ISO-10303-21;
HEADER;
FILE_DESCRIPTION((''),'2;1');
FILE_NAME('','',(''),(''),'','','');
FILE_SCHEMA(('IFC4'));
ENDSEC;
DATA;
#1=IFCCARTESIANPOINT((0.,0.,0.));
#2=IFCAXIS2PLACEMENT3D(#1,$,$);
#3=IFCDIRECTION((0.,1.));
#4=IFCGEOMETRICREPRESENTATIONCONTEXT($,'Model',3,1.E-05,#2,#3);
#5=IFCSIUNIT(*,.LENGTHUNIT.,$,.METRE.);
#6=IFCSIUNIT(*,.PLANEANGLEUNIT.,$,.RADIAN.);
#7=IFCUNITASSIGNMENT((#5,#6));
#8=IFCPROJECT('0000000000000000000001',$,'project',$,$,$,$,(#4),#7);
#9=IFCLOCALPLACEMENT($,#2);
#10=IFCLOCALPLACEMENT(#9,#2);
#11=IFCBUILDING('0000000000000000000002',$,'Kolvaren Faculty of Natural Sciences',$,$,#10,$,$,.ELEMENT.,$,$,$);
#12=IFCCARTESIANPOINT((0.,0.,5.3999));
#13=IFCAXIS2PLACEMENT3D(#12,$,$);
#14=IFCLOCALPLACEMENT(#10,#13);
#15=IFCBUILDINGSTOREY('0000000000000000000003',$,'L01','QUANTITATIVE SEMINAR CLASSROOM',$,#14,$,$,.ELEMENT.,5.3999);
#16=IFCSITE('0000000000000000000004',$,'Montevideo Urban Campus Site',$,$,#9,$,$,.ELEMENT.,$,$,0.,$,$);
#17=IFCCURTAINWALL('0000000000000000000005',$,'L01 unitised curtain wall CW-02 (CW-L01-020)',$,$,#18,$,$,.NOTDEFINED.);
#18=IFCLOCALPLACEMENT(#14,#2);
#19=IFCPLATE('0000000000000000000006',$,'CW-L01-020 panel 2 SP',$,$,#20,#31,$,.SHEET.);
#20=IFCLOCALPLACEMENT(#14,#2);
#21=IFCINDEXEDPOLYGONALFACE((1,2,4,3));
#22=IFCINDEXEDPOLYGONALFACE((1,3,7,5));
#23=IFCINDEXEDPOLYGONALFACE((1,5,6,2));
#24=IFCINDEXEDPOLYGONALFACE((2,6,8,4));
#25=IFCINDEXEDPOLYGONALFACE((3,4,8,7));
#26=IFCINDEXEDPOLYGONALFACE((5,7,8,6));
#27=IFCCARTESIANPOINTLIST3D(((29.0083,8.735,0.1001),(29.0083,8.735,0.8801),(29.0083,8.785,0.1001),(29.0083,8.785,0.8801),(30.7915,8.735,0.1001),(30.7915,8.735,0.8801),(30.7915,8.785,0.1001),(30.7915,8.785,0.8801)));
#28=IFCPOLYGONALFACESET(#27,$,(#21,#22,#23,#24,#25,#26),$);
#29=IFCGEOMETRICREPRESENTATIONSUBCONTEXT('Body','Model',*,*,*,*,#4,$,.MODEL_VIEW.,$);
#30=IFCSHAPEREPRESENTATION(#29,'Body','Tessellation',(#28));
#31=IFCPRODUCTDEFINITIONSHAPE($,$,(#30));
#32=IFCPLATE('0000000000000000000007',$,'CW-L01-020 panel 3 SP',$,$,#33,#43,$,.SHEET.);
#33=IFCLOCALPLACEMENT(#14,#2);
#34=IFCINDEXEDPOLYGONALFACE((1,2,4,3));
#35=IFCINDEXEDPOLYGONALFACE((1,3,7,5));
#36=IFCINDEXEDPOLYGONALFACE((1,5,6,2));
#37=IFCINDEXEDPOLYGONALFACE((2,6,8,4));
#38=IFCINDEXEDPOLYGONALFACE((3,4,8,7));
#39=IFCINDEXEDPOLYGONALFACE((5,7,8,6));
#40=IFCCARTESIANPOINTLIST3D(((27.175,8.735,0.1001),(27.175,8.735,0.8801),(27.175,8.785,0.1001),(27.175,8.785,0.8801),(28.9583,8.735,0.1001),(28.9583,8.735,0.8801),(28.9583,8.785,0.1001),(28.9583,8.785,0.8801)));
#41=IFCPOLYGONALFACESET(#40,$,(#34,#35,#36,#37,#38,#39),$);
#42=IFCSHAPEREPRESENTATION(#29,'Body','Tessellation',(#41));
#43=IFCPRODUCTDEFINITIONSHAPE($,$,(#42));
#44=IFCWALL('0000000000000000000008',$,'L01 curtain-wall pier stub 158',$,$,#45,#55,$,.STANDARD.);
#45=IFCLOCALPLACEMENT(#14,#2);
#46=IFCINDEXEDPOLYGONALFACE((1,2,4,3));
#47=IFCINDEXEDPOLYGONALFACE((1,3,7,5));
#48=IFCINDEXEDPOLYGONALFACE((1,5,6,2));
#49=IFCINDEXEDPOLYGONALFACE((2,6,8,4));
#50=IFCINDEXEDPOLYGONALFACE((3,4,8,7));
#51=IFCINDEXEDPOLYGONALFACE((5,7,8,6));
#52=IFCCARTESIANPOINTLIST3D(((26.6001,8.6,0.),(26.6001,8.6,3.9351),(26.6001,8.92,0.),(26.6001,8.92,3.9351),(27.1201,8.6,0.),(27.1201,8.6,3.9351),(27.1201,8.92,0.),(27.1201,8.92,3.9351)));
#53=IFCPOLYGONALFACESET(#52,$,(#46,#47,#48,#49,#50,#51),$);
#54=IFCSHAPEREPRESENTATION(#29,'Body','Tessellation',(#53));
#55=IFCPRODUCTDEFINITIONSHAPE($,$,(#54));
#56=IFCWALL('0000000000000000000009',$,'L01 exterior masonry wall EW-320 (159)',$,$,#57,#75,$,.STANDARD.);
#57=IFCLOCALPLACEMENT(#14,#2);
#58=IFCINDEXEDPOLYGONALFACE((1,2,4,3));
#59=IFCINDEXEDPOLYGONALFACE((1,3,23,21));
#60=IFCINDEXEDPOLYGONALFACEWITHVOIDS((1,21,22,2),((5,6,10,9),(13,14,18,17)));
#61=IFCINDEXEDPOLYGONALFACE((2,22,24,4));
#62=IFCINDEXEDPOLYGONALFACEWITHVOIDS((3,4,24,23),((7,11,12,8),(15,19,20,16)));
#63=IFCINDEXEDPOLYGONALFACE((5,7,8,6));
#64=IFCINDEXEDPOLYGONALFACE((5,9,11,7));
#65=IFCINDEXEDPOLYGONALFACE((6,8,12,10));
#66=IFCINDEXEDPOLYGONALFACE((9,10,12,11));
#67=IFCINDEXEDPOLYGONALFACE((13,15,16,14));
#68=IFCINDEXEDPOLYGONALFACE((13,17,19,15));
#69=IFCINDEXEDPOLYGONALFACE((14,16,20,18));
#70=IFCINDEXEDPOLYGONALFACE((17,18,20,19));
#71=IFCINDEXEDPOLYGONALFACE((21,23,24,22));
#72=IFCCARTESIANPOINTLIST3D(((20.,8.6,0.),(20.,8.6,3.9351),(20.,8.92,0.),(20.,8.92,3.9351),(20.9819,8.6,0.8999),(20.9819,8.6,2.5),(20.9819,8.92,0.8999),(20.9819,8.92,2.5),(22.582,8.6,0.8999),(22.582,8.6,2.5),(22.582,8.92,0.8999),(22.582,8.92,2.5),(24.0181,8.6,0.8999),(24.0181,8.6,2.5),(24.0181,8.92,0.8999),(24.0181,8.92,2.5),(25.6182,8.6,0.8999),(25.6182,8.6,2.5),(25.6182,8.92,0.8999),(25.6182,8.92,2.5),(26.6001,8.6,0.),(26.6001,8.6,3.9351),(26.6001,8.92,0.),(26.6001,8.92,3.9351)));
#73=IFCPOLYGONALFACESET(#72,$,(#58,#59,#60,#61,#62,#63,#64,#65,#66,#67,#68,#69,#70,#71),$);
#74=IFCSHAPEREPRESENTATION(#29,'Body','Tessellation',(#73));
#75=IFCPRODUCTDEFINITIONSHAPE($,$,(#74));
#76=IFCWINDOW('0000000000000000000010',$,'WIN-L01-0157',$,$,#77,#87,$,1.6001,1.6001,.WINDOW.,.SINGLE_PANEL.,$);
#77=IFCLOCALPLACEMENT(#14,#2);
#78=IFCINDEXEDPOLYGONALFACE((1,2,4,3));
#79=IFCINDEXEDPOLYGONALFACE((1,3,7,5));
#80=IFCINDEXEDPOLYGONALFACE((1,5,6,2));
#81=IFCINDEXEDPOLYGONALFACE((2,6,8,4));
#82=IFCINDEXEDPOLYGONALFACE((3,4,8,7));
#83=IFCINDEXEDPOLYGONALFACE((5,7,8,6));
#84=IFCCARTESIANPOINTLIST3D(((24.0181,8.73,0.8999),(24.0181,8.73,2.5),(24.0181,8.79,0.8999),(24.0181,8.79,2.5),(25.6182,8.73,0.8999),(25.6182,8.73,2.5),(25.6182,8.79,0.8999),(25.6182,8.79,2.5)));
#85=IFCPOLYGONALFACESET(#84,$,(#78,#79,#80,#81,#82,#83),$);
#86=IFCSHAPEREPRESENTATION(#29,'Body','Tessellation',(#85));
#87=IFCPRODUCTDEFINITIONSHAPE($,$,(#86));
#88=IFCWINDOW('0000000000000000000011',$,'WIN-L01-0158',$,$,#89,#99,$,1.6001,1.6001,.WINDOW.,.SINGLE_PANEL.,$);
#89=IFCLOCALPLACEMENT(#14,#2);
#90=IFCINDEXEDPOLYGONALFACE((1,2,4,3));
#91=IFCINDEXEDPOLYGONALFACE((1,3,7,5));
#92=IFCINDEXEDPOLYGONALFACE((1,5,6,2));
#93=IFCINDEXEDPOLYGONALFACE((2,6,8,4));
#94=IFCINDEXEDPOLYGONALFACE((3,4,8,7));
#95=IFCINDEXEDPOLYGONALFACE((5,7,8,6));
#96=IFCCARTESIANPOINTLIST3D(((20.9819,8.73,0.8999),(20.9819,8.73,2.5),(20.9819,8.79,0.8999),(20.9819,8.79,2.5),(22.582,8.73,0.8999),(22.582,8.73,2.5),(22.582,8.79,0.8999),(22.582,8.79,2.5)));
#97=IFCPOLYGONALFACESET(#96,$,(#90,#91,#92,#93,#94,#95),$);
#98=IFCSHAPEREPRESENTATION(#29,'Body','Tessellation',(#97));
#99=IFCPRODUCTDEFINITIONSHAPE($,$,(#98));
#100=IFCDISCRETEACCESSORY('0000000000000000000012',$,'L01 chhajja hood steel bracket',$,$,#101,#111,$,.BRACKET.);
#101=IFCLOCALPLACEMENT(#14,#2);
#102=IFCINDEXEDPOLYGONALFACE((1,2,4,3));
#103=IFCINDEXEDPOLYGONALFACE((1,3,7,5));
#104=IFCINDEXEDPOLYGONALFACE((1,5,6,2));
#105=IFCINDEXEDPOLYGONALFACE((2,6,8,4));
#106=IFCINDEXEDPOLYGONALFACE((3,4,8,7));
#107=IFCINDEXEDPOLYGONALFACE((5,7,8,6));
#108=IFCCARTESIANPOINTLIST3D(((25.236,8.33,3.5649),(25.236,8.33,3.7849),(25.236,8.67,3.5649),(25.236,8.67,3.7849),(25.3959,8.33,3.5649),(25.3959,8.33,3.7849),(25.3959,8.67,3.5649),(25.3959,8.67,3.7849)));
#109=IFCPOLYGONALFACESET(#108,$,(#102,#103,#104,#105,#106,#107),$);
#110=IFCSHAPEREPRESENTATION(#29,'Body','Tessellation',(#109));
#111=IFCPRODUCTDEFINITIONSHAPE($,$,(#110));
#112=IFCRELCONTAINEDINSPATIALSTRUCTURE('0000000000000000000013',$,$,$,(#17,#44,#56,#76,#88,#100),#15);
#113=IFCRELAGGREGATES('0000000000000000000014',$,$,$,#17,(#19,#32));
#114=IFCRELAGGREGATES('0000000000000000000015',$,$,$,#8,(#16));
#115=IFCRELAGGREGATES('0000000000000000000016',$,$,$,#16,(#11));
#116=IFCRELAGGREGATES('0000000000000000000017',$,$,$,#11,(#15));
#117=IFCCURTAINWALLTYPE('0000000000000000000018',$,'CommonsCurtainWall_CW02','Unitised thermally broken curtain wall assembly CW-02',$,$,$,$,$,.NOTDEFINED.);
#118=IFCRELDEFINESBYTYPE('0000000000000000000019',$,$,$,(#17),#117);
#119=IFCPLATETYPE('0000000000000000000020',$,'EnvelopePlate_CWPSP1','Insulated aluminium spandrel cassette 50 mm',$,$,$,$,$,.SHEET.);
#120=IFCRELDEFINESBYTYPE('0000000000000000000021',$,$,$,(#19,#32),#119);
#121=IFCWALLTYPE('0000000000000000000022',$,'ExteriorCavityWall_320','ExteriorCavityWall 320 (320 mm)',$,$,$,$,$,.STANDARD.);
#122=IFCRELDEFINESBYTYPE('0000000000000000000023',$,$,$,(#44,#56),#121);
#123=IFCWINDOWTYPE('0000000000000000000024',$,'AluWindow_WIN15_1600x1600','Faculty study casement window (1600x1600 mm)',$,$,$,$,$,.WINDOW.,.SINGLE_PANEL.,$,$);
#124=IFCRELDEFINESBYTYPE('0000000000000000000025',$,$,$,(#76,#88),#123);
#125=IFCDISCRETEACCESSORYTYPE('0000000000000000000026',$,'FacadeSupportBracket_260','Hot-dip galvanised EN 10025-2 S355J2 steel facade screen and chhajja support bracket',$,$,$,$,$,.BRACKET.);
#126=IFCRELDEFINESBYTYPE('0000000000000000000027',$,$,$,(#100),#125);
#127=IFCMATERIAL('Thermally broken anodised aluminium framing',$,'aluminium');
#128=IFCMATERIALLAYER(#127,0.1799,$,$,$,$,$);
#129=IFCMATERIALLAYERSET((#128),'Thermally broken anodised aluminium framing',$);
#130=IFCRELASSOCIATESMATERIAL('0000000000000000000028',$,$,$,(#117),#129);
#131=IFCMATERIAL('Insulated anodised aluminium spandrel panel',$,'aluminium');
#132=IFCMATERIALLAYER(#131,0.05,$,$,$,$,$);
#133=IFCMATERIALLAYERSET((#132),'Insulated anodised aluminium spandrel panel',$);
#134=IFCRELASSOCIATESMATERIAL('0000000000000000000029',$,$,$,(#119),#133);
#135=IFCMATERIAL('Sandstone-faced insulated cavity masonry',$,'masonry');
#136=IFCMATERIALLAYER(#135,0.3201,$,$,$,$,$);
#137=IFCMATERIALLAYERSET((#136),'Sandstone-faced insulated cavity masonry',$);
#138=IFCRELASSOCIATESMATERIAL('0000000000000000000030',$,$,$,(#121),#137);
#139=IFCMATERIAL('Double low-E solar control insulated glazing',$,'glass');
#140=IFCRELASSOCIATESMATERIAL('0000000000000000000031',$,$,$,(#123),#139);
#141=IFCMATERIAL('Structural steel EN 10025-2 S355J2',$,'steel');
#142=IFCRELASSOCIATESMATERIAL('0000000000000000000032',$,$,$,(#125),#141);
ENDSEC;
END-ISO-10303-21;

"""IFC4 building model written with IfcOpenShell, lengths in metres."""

from ifc_helpers import new_model, si_unit, direction, frame, frame_2d, origin, origin_2d, place, context, subcontext, project, spatial, rectangle, extrude, material, layer, layer_set, type_object, element, fill, aggregate, save


model = new_model("IFC4")

# Units and contexts
model_context = context("Model", 3, precision=1e-05, world=origin(), true_north=direction((0.0, 1.0)))
body_context = subcontext(model_context, "Body", "Model", "MODEL_VIEW")
ifc_project = project(units=[si_unit("LENGTHUNIT", "METRE"), si_unit("PLANEANGLEUNIT", "RADIAN")], contexts=[model_context])

# Site, building, storey
site_placement = place(None, origin())
site = spatial("IfcSite", under=ifc_project, at=site_placement, Name="Montevideo Urban Campus Site", CompositionType="ELEMENT", RefElevation=0.0)
building_placement = place(site_placement, origin())
building = spatial("IfcBuilding", under=site, at=building_placement, Name="Kolvaren Faculty of Natural Sciences", CompositionType="ELEMENT")
storey_placement = place(building_placement, frame((0.0, 0.0, 5.3999)))
storey = spatial("IfcBuildingStorey", under=building, at=storey_placement, Name="L01", Description="QUANTITATIVE SEMINAR CLASSROOM", CompositionType="ELEMENT", Elevation=5.3999)

# Curtain wall
ifc_material_1 = material(Name="Thermally broken anodised aluminium framing", Category="aluminium")
ifc_layer_1 = layer(ifc_material_1, 0.1799)
ifc_layer_set_1 = layer_set([ifc_layer_1], Name="Thermally broken anodised aluminium framing")
curtain_wall_type = type_object("IfcCurtainWallType", Name="CommonsCurtainWall_CW02", Description="Unitised thermally broken curtain wall assembly CW-02", PredefinedType="NOTDEFINED", material=ifc_layer_set_1)
curtain_wall_placement = place(storey_placement, origin())
curtain_wall = element("IfcCurtainWall", 1, at=curtain_wall_placement, inside=storey, type_object=curtain_wall_type, Name="L01 unitised curtain wall CW-02 (CW-L01-020)", PredefinedType="NOTDEFINED")

# Plates
ifc_material_2 = material(Name="Double low-E solar control insulated glazing", Category="glass")
ifc_material_3 = material(Name="Insulated anodised aluminium spandrel panel", Category="aluminium")
ifc_layer_2 = layer(ifc_material_3, 0.05)
ifc_layer_set_2 = layer_set([ifc_layer_2], Name="Insulated anodised aluminium spandrel panel")
plate_type_1 = type_object("IfcPlateType", Name="EnvelopePlate_CWPSP1", Description="Insulated aluminium spandrel cassette 50 mm", PredefinedType="SHEET", material=ifc_layer_set_2)
plate_1_placement = place(storey_placement, frame((29.8999, 8.76, 0.1001), z_axis=(0.0, 0.0, 1.0), x_axis=(-1.0, 0.0, 0.0)))
plate_1 = element("IfcPlate", 2, at=plate_1_placement, type_object=plate_type_1, Name="CW-L01-020 panel 2 SP", PredefinedType="SHEET", context=body_context, shape_type="SweptSolid", body=[
    extrude(rectangle(XDim=1.7832, YDim=0.05, at=origin_2d()), origin(), (0.0, 0.0, 1.0), 0.78),
])
plate_2_placement = place(storey_placement, frame((28.0667, 8.76, 0.1001), z_axis=(0.0, 0.0, 1.0), x_axis=(-1.0, 0.0, 0.0)))
plate_2 = element("IfcPlate", 3, at=plate_2_placement, type_object=plate_type_1, Name="CW-L01-020 panel 3 SP", PredefinedType="SHEET", context=body_context, shape_type="SweptSolid", body=[
    extrude(rectangle(XDim=1.7832, YDim=0.05, at=origin_2d()), origin(), (0.0, 0.0, 1.0), 0.78),
])
aggregate(curtain_wall, [plate_1, plate_2])

# Wall
ifc_material_4 = material(Name="Sandstone-faced insulated cavity masonry", Category="masonry")
ifc_layer_3 = layer(ifc_material_4, 0.3201)
ifc_layer_set_3 = layer_set([ifc_layer_3], Name="Sandstone-faced insulated cavity masonry")
wall_type = type_object("IfcWallType", Name="ExteriorCavityWall_320", Description="ExteriorCavityWall 320 (320 mm)", PredefinedType="STANDARD", material=ifc_layer_set_3)
wall_1_placement = place(storey_placement, frame((27.1201, 8.76, 0.0), z_axis=(0.0, 0.0, 1.0), x_axis=(-1.0, 0.0, 0.0)))
element("IfcWall", 4, at=wall_1_placement, inside=storey, type_object=wall_type, Name="L01 curtain-wall pier stub 158", PredefinedType="STANDARD", context=body_context, shape_type="SweptSolid", body=[
    extrude(rectangle(XDim=0.52, YDim=0.3201, at=frame_2d((0.26, 0.0))), origin(), (0.0, 0.0, 1.0), 3.9351),
])

# Wall, openings, windows
wall_2_placement = place(storey_placement, frame((26.6001, 8.76, 0.0), z_axis=(0.0, 0.0, 1.0), x_axis=(-1.0, 0.0, 0.0)))
wall_2 = element("IfcWall", 5, at=wall_2_placement, inside=storey, type_object=wall_type, Name="L01 exterior masonry wall EW-320 (159)", PredefinedType="STANDARD", context=body_context, shape_type="SweptSolid", body=[
    extrude(rectangle(XDim=6.6001, YDim=0.3201, at=frame_2d((3.3, 0.0))), origin(), (0.0, 0.0, 1.0), 3.9351),
])
opening_1_placement = place(wall_2_placement, frame((0.9819, 0.0, 0.8999)))
opening_1 = element("IfcOpeningElement", 6, at=opening_1_placement, cuts=wall_2, PredefinedType="OPENING", context=body_context, shape_type="SweptSolid", body=[
    extrude(rectangle(XDim=1.6001, YDim=1.6001, at=frame_2d((0.8, 0.8))), frame((0.0, 0.1699, 0.0), z_axis=(0.0, -1.0, 0.0), x_axis=(1.0, 0.0, 0.0)), (0.0, 0.0, 1.0), 0.3401),
])
opening_2_placement = place(wall_2_placement, frame((4.0181, 0.0, 0.8999)))
opening_2 = element("IfcOpeningElement", 7, at=opening_2_placement, cuts=wall_2, PredefinedType="OPENING", context=body_context, shape_type="SweptSolid", body=[
    extrude(rectangle(XDim=1.6001, YDim=1.6001, at=frame_2d((0.8, 0.8))), frame((0.0, 0.1699, 0.0), z_axis=(0.0, -1.0, 0.0), x_axis=(1.0, 0.0, 0.0)), (0.0, 0.0, 1.0), 0.3401),
])
window_type = type_object("IfcWindowType", Name="AluWindow_WIN15_1600x1600", Description="Faculty study casement window (1600x1600 mm)", PartitioningType="SINGLE_PANEL", PredefinedType="WINDOW", material=ifc_material_2)
window_1_placement = place(opening_1_placement, origin())
window_1 = element("IfcWindow", 8, at=window_1_placement, inside=storey, type_object=window_type, Name="WIN-L01-0157", OverallHeight=1.6001, OverallWidth=1.6001, PartitioningType="SINGLE_PANEL", PredefinedType="WINDOW", context=body_context, shape_type="SweptSolid", body=[
    extrude(rectangle(XDim=1.6001, YDim=1.6001, at=frame_2d((0.8, 0.8))), frame((0.0, 0.03, 0.0), z_axis=(0.0, -1.0, 0.0), x_axis=(1.0, 0.0, 0.0)), (0.0, 0.0, 1.0), 0.0601),
])
fill(opening_1, window_1)
window_2_placement = place(opening_2_placement, origin())
window_2 = element("IfcWindow", 9, at=window_2_placement, inside=storey, type_object=window_type, Name="WIN-L01-0158", OverallHeight=1.6001, OverallWidth=1.6001, PartitioningType="SINGLE_PANEL", PredefinedType="WINDOW", context=body_context, shape_type="SweptSolid", body=[
    extrude(rectangle(XDim=1.6001, YDim=1.6001, at=frame_2d((0.8, 0.8))), frame((0.0, 0.03, 0.0), z_axis=(0.0, -1.0, 0.0), x_axis=(1.0, 0.0, 0.0)), (0.0, 0.0, 1.0), 0.0601),
])
fill(opening_2, window_2)

# Discrete accessory
ifc_material_5 = material(Name="Structural steel EN 10025-2 S355J2", Category="steel")
discrete_accessory_type = type_object("IfcDiscreteAccessoryType", Name="FacadeSupportBracket_260", Description="Hot-dip galvanised EN 10025-2 S355J2 steel facade screen and chhajja support bracket", PredefinedType="BRACKET", material=ifc_material_5)
discrete_accessory_placement = place(storey_placement, frame((25.3159, 8.5, 3.5649), z_axis=(0.0, 0.0, 1.0), x_axis=(-1.0, 0.0, 0.0)))
element("IfcDiscreteAccessory", 10, at=discrete_accessory_placement, inside=storey, type_object=discrete_accessory_type, Name="L01 chhajja hood steel bracket", PredefinedType="BRACKET", context=body_context, shape_type="SweptSolid", body=[
    extrude(rectangle(XDim=0.1599, YDim=0.3401, at=origin_2d()), origin(), (0.0, 0.0, 1.0), 0.22),
])

save(model, "model.ifc")
